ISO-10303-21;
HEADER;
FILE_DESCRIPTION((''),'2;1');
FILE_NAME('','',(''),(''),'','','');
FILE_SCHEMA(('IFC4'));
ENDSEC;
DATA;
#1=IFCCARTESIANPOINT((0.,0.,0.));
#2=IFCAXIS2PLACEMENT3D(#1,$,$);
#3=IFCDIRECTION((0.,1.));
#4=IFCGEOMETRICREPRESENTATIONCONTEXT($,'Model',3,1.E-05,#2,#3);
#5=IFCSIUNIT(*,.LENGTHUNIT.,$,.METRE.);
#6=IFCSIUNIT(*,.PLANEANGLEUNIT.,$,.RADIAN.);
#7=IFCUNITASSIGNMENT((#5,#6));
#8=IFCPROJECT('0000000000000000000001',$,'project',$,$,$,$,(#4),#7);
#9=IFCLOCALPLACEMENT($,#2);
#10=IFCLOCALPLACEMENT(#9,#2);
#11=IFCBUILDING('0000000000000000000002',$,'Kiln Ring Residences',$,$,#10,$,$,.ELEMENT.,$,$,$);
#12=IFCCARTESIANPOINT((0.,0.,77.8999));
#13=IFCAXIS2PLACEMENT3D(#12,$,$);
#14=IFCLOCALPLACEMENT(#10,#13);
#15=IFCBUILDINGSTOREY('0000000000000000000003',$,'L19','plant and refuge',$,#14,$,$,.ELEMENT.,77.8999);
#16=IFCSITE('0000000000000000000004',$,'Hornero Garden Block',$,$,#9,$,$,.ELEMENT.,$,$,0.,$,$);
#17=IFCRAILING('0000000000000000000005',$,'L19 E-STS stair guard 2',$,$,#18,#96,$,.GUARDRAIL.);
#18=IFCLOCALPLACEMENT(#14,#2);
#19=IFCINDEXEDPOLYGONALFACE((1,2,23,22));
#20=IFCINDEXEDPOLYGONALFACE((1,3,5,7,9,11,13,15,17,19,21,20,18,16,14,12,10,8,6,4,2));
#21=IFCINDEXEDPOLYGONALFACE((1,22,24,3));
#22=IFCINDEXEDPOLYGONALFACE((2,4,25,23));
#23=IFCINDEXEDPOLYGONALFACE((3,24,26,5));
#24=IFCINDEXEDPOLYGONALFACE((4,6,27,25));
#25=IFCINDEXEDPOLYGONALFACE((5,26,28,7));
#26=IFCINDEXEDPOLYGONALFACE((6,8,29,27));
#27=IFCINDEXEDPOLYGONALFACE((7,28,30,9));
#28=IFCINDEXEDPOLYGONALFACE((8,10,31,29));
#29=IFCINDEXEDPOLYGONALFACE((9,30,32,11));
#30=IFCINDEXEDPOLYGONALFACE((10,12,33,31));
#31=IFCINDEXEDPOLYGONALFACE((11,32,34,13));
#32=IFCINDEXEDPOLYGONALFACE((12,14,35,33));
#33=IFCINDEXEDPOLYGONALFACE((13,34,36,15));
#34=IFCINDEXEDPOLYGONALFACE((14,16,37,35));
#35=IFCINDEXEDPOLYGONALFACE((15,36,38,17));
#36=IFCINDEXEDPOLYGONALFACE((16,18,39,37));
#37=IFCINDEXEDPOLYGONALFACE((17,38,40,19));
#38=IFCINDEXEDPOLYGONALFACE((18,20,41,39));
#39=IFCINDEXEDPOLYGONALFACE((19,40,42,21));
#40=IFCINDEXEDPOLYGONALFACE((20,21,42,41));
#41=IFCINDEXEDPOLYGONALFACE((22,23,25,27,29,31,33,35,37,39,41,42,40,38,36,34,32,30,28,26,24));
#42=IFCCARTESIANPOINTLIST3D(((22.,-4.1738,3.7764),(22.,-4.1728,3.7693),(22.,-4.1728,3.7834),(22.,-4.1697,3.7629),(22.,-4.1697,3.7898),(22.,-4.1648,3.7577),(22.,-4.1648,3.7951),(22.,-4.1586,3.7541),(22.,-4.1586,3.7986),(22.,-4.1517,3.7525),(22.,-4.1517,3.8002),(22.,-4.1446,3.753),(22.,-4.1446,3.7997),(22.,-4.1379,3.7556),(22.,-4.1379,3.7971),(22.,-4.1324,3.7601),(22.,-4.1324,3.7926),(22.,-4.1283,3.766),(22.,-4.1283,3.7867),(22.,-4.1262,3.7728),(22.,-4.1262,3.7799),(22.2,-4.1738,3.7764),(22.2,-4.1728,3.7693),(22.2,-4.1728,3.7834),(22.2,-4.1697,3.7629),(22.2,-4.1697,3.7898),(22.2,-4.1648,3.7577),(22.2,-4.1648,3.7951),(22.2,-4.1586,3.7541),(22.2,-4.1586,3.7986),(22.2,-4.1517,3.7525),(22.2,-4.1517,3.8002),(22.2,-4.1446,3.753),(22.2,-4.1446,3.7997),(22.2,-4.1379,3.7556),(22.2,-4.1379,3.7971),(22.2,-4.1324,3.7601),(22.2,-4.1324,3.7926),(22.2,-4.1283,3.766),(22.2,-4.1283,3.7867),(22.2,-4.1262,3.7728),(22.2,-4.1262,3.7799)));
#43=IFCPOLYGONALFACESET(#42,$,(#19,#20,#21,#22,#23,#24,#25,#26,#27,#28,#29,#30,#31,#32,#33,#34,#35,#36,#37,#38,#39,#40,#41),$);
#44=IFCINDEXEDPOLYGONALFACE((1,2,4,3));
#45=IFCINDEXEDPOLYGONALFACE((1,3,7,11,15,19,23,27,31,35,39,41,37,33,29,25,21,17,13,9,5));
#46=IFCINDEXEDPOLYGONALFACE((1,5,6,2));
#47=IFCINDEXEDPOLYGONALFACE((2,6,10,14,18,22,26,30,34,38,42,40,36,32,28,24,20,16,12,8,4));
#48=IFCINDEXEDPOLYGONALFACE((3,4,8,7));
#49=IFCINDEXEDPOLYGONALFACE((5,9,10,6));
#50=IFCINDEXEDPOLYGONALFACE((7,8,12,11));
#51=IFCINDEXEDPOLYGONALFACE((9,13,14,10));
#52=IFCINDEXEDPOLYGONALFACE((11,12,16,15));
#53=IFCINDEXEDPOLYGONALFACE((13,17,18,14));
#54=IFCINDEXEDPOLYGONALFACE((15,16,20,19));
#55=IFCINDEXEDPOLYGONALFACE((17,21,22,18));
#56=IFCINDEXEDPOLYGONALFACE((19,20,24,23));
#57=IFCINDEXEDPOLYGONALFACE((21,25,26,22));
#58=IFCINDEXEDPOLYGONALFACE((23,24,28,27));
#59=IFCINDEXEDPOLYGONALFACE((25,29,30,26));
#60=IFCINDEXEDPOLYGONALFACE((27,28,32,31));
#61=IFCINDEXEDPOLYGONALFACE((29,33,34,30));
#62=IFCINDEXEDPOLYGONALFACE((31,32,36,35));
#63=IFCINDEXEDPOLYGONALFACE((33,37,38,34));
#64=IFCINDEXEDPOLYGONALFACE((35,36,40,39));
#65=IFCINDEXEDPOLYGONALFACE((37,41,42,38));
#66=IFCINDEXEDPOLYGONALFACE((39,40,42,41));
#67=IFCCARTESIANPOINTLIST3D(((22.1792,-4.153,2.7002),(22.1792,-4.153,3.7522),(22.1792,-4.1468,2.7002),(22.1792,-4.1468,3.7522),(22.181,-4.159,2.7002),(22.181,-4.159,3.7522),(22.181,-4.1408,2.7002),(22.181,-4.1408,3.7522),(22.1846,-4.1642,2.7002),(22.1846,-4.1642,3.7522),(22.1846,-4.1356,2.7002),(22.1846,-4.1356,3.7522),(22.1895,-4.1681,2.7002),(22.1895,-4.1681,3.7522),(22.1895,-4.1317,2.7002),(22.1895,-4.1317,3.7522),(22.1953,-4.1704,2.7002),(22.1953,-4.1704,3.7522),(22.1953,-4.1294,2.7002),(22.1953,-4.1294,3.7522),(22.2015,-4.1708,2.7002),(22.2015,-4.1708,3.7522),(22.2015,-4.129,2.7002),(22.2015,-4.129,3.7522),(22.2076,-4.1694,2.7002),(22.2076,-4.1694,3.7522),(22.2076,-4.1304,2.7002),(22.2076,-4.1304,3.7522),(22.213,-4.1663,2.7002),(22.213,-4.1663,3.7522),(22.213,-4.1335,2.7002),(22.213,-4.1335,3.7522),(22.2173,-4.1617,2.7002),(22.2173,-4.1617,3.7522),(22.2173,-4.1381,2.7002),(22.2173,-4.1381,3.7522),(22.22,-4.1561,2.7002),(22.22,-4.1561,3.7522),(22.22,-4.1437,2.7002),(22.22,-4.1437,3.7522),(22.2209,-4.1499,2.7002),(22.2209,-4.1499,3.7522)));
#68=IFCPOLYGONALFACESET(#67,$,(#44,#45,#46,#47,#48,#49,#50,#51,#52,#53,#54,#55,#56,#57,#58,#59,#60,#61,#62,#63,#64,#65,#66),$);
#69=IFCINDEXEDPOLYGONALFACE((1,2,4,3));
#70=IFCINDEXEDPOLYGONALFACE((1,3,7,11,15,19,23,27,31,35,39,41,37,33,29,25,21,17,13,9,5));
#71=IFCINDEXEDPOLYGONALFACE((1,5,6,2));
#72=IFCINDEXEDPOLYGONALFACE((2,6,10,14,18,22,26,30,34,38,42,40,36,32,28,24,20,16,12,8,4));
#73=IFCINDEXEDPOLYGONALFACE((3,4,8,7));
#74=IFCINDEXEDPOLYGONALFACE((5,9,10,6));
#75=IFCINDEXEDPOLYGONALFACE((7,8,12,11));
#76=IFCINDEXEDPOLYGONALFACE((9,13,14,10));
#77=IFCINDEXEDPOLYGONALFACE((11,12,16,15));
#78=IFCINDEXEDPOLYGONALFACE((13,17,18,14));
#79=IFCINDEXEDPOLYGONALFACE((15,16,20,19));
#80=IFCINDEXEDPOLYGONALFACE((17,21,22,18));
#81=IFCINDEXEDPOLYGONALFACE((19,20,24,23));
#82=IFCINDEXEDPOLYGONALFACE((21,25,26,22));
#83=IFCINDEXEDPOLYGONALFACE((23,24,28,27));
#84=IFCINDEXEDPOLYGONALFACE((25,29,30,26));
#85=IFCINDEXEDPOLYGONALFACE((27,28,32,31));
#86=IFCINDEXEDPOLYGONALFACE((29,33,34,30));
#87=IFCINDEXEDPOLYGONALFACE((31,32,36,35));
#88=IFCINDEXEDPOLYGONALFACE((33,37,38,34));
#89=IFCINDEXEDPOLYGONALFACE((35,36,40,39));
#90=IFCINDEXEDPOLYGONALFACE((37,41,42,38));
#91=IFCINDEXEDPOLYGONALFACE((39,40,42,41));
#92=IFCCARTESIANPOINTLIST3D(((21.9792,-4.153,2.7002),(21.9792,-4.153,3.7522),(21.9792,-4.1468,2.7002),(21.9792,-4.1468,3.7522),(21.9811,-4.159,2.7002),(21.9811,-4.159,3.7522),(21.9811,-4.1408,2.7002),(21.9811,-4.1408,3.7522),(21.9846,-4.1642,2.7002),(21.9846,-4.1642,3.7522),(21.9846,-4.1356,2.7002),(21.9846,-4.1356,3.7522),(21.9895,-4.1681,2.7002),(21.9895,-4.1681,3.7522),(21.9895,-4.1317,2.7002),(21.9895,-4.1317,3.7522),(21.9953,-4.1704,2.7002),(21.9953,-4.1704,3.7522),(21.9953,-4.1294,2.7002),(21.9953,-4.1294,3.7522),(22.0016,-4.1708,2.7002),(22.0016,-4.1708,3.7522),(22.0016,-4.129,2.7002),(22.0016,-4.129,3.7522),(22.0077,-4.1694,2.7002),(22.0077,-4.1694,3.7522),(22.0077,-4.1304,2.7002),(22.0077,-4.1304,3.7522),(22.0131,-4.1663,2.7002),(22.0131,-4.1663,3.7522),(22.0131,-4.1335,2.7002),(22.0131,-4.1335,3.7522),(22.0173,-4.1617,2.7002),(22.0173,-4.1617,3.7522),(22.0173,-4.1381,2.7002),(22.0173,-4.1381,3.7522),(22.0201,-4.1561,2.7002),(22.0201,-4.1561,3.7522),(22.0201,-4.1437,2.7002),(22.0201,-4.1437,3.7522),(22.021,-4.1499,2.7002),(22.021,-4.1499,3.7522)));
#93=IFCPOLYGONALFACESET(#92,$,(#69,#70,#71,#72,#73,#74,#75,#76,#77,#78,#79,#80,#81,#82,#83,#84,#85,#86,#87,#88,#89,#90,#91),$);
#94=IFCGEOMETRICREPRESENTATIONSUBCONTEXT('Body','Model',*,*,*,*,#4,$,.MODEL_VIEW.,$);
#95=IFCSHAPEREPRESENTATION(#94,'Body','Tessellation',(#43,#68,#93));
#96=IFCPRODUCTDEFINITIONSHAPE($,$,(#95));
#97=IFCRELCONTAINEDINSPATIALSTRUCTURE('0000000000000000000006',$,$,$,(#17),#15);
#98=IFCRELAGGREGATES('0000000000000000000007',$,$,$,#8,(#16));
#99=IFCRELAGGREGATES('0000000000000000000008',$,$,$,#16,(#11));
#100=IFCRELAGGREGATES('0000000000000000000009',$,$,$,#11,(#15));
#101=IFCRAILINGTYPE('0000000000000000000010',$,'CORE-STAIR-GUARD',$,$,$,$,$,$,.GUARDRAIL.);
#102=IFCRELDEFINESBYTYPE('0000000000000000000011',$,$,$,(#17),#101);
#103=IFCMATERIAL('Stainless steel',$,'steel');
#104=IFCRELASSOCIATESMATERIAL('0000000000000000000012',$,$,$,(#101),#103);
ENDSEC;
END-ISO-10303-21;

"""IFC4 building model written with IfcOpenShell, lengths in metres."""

from ifc_helpers import new_model, si_unit, direction, frame, origin, origin_2d, place, context, subcontext, project, spatial, circle, extrude, material, type_object, element, save


model = new_model("IFC4")

# Units and contexts
model_context = context("Model", 3, precision=1e-05, world=origin(), true_north=direction((0.0, 1.0)))
body_context = subcontext(model_context, "Body", "Model", "MODEL_VIEW")
ifc_project = project(units=[si_unit("LENGTHUNIT", "METRE"), si_unit("PLANEANGLEUNIT", "RADIAN")], contexts=[model_context])

# Site, building, storey
site_placement = place(None, origin())
site = spatial("IfcSite", under=ifc_project, at=site_placement, Name="Hornero Garden Block", CompositionType="ELEMENT", RefElevation=0.0)
building_placement = place(site_placement, origin())
building = spatial("IfcBuilding", under=site, at=building_placement, Name="Kiln Ring Residences", CompositionType="ELEMENT")
storey_placement = place(building_placement, frame((0.0, 0.0, 77.8999)))
storey = spatial("IfcBuildingStorey", under=building, at=storey_placement, Name="L19", Description="plant and refuge", CompositionType="ELEMENT", Elevation=77.8999)

# Railing
ifc_material_1 = material(Name="Stainless steel", Category="steel")
railing_type_1 = type_object("IfcRailingType", Name="CORE-STAIR-GUARD", PredefinedType="GUARDRAIL", material=ifc_material_1)
railing_1_placement = place(storey_placement, frame((22.2, -4.1499, 2.7002)))
element("IfcRailing", 1, at=railing_1_placement, inside=storey, type_object=railing_type_1, Name="L19 E-STS stair guard 2", PredefinedType="GUARDRAIL", context=body_context, shape_type="SweptSolid", body=[
    extrude(circle(Radius=0.0239, at=origin_2d()), frame((0.0, 0.0, 1.0762), z_axis=(-1.0, 0.0, 0.0), x_axis=(0.0, -1.0, 0.0)), (0.0, 0.0, 1.0), 0.2),
    extrude(circle(Radius=0.021, at=origin_2d()), origin(), (0.0, 0.0, 1.0), 1.052),
    extrude(circle(Radius=0.021, at=origin_2d()), frame((-0.2, 0.0, 0.0)), (0.0, 0.0, 1.0), 1.052),
])

save(model, "model.ifc")
